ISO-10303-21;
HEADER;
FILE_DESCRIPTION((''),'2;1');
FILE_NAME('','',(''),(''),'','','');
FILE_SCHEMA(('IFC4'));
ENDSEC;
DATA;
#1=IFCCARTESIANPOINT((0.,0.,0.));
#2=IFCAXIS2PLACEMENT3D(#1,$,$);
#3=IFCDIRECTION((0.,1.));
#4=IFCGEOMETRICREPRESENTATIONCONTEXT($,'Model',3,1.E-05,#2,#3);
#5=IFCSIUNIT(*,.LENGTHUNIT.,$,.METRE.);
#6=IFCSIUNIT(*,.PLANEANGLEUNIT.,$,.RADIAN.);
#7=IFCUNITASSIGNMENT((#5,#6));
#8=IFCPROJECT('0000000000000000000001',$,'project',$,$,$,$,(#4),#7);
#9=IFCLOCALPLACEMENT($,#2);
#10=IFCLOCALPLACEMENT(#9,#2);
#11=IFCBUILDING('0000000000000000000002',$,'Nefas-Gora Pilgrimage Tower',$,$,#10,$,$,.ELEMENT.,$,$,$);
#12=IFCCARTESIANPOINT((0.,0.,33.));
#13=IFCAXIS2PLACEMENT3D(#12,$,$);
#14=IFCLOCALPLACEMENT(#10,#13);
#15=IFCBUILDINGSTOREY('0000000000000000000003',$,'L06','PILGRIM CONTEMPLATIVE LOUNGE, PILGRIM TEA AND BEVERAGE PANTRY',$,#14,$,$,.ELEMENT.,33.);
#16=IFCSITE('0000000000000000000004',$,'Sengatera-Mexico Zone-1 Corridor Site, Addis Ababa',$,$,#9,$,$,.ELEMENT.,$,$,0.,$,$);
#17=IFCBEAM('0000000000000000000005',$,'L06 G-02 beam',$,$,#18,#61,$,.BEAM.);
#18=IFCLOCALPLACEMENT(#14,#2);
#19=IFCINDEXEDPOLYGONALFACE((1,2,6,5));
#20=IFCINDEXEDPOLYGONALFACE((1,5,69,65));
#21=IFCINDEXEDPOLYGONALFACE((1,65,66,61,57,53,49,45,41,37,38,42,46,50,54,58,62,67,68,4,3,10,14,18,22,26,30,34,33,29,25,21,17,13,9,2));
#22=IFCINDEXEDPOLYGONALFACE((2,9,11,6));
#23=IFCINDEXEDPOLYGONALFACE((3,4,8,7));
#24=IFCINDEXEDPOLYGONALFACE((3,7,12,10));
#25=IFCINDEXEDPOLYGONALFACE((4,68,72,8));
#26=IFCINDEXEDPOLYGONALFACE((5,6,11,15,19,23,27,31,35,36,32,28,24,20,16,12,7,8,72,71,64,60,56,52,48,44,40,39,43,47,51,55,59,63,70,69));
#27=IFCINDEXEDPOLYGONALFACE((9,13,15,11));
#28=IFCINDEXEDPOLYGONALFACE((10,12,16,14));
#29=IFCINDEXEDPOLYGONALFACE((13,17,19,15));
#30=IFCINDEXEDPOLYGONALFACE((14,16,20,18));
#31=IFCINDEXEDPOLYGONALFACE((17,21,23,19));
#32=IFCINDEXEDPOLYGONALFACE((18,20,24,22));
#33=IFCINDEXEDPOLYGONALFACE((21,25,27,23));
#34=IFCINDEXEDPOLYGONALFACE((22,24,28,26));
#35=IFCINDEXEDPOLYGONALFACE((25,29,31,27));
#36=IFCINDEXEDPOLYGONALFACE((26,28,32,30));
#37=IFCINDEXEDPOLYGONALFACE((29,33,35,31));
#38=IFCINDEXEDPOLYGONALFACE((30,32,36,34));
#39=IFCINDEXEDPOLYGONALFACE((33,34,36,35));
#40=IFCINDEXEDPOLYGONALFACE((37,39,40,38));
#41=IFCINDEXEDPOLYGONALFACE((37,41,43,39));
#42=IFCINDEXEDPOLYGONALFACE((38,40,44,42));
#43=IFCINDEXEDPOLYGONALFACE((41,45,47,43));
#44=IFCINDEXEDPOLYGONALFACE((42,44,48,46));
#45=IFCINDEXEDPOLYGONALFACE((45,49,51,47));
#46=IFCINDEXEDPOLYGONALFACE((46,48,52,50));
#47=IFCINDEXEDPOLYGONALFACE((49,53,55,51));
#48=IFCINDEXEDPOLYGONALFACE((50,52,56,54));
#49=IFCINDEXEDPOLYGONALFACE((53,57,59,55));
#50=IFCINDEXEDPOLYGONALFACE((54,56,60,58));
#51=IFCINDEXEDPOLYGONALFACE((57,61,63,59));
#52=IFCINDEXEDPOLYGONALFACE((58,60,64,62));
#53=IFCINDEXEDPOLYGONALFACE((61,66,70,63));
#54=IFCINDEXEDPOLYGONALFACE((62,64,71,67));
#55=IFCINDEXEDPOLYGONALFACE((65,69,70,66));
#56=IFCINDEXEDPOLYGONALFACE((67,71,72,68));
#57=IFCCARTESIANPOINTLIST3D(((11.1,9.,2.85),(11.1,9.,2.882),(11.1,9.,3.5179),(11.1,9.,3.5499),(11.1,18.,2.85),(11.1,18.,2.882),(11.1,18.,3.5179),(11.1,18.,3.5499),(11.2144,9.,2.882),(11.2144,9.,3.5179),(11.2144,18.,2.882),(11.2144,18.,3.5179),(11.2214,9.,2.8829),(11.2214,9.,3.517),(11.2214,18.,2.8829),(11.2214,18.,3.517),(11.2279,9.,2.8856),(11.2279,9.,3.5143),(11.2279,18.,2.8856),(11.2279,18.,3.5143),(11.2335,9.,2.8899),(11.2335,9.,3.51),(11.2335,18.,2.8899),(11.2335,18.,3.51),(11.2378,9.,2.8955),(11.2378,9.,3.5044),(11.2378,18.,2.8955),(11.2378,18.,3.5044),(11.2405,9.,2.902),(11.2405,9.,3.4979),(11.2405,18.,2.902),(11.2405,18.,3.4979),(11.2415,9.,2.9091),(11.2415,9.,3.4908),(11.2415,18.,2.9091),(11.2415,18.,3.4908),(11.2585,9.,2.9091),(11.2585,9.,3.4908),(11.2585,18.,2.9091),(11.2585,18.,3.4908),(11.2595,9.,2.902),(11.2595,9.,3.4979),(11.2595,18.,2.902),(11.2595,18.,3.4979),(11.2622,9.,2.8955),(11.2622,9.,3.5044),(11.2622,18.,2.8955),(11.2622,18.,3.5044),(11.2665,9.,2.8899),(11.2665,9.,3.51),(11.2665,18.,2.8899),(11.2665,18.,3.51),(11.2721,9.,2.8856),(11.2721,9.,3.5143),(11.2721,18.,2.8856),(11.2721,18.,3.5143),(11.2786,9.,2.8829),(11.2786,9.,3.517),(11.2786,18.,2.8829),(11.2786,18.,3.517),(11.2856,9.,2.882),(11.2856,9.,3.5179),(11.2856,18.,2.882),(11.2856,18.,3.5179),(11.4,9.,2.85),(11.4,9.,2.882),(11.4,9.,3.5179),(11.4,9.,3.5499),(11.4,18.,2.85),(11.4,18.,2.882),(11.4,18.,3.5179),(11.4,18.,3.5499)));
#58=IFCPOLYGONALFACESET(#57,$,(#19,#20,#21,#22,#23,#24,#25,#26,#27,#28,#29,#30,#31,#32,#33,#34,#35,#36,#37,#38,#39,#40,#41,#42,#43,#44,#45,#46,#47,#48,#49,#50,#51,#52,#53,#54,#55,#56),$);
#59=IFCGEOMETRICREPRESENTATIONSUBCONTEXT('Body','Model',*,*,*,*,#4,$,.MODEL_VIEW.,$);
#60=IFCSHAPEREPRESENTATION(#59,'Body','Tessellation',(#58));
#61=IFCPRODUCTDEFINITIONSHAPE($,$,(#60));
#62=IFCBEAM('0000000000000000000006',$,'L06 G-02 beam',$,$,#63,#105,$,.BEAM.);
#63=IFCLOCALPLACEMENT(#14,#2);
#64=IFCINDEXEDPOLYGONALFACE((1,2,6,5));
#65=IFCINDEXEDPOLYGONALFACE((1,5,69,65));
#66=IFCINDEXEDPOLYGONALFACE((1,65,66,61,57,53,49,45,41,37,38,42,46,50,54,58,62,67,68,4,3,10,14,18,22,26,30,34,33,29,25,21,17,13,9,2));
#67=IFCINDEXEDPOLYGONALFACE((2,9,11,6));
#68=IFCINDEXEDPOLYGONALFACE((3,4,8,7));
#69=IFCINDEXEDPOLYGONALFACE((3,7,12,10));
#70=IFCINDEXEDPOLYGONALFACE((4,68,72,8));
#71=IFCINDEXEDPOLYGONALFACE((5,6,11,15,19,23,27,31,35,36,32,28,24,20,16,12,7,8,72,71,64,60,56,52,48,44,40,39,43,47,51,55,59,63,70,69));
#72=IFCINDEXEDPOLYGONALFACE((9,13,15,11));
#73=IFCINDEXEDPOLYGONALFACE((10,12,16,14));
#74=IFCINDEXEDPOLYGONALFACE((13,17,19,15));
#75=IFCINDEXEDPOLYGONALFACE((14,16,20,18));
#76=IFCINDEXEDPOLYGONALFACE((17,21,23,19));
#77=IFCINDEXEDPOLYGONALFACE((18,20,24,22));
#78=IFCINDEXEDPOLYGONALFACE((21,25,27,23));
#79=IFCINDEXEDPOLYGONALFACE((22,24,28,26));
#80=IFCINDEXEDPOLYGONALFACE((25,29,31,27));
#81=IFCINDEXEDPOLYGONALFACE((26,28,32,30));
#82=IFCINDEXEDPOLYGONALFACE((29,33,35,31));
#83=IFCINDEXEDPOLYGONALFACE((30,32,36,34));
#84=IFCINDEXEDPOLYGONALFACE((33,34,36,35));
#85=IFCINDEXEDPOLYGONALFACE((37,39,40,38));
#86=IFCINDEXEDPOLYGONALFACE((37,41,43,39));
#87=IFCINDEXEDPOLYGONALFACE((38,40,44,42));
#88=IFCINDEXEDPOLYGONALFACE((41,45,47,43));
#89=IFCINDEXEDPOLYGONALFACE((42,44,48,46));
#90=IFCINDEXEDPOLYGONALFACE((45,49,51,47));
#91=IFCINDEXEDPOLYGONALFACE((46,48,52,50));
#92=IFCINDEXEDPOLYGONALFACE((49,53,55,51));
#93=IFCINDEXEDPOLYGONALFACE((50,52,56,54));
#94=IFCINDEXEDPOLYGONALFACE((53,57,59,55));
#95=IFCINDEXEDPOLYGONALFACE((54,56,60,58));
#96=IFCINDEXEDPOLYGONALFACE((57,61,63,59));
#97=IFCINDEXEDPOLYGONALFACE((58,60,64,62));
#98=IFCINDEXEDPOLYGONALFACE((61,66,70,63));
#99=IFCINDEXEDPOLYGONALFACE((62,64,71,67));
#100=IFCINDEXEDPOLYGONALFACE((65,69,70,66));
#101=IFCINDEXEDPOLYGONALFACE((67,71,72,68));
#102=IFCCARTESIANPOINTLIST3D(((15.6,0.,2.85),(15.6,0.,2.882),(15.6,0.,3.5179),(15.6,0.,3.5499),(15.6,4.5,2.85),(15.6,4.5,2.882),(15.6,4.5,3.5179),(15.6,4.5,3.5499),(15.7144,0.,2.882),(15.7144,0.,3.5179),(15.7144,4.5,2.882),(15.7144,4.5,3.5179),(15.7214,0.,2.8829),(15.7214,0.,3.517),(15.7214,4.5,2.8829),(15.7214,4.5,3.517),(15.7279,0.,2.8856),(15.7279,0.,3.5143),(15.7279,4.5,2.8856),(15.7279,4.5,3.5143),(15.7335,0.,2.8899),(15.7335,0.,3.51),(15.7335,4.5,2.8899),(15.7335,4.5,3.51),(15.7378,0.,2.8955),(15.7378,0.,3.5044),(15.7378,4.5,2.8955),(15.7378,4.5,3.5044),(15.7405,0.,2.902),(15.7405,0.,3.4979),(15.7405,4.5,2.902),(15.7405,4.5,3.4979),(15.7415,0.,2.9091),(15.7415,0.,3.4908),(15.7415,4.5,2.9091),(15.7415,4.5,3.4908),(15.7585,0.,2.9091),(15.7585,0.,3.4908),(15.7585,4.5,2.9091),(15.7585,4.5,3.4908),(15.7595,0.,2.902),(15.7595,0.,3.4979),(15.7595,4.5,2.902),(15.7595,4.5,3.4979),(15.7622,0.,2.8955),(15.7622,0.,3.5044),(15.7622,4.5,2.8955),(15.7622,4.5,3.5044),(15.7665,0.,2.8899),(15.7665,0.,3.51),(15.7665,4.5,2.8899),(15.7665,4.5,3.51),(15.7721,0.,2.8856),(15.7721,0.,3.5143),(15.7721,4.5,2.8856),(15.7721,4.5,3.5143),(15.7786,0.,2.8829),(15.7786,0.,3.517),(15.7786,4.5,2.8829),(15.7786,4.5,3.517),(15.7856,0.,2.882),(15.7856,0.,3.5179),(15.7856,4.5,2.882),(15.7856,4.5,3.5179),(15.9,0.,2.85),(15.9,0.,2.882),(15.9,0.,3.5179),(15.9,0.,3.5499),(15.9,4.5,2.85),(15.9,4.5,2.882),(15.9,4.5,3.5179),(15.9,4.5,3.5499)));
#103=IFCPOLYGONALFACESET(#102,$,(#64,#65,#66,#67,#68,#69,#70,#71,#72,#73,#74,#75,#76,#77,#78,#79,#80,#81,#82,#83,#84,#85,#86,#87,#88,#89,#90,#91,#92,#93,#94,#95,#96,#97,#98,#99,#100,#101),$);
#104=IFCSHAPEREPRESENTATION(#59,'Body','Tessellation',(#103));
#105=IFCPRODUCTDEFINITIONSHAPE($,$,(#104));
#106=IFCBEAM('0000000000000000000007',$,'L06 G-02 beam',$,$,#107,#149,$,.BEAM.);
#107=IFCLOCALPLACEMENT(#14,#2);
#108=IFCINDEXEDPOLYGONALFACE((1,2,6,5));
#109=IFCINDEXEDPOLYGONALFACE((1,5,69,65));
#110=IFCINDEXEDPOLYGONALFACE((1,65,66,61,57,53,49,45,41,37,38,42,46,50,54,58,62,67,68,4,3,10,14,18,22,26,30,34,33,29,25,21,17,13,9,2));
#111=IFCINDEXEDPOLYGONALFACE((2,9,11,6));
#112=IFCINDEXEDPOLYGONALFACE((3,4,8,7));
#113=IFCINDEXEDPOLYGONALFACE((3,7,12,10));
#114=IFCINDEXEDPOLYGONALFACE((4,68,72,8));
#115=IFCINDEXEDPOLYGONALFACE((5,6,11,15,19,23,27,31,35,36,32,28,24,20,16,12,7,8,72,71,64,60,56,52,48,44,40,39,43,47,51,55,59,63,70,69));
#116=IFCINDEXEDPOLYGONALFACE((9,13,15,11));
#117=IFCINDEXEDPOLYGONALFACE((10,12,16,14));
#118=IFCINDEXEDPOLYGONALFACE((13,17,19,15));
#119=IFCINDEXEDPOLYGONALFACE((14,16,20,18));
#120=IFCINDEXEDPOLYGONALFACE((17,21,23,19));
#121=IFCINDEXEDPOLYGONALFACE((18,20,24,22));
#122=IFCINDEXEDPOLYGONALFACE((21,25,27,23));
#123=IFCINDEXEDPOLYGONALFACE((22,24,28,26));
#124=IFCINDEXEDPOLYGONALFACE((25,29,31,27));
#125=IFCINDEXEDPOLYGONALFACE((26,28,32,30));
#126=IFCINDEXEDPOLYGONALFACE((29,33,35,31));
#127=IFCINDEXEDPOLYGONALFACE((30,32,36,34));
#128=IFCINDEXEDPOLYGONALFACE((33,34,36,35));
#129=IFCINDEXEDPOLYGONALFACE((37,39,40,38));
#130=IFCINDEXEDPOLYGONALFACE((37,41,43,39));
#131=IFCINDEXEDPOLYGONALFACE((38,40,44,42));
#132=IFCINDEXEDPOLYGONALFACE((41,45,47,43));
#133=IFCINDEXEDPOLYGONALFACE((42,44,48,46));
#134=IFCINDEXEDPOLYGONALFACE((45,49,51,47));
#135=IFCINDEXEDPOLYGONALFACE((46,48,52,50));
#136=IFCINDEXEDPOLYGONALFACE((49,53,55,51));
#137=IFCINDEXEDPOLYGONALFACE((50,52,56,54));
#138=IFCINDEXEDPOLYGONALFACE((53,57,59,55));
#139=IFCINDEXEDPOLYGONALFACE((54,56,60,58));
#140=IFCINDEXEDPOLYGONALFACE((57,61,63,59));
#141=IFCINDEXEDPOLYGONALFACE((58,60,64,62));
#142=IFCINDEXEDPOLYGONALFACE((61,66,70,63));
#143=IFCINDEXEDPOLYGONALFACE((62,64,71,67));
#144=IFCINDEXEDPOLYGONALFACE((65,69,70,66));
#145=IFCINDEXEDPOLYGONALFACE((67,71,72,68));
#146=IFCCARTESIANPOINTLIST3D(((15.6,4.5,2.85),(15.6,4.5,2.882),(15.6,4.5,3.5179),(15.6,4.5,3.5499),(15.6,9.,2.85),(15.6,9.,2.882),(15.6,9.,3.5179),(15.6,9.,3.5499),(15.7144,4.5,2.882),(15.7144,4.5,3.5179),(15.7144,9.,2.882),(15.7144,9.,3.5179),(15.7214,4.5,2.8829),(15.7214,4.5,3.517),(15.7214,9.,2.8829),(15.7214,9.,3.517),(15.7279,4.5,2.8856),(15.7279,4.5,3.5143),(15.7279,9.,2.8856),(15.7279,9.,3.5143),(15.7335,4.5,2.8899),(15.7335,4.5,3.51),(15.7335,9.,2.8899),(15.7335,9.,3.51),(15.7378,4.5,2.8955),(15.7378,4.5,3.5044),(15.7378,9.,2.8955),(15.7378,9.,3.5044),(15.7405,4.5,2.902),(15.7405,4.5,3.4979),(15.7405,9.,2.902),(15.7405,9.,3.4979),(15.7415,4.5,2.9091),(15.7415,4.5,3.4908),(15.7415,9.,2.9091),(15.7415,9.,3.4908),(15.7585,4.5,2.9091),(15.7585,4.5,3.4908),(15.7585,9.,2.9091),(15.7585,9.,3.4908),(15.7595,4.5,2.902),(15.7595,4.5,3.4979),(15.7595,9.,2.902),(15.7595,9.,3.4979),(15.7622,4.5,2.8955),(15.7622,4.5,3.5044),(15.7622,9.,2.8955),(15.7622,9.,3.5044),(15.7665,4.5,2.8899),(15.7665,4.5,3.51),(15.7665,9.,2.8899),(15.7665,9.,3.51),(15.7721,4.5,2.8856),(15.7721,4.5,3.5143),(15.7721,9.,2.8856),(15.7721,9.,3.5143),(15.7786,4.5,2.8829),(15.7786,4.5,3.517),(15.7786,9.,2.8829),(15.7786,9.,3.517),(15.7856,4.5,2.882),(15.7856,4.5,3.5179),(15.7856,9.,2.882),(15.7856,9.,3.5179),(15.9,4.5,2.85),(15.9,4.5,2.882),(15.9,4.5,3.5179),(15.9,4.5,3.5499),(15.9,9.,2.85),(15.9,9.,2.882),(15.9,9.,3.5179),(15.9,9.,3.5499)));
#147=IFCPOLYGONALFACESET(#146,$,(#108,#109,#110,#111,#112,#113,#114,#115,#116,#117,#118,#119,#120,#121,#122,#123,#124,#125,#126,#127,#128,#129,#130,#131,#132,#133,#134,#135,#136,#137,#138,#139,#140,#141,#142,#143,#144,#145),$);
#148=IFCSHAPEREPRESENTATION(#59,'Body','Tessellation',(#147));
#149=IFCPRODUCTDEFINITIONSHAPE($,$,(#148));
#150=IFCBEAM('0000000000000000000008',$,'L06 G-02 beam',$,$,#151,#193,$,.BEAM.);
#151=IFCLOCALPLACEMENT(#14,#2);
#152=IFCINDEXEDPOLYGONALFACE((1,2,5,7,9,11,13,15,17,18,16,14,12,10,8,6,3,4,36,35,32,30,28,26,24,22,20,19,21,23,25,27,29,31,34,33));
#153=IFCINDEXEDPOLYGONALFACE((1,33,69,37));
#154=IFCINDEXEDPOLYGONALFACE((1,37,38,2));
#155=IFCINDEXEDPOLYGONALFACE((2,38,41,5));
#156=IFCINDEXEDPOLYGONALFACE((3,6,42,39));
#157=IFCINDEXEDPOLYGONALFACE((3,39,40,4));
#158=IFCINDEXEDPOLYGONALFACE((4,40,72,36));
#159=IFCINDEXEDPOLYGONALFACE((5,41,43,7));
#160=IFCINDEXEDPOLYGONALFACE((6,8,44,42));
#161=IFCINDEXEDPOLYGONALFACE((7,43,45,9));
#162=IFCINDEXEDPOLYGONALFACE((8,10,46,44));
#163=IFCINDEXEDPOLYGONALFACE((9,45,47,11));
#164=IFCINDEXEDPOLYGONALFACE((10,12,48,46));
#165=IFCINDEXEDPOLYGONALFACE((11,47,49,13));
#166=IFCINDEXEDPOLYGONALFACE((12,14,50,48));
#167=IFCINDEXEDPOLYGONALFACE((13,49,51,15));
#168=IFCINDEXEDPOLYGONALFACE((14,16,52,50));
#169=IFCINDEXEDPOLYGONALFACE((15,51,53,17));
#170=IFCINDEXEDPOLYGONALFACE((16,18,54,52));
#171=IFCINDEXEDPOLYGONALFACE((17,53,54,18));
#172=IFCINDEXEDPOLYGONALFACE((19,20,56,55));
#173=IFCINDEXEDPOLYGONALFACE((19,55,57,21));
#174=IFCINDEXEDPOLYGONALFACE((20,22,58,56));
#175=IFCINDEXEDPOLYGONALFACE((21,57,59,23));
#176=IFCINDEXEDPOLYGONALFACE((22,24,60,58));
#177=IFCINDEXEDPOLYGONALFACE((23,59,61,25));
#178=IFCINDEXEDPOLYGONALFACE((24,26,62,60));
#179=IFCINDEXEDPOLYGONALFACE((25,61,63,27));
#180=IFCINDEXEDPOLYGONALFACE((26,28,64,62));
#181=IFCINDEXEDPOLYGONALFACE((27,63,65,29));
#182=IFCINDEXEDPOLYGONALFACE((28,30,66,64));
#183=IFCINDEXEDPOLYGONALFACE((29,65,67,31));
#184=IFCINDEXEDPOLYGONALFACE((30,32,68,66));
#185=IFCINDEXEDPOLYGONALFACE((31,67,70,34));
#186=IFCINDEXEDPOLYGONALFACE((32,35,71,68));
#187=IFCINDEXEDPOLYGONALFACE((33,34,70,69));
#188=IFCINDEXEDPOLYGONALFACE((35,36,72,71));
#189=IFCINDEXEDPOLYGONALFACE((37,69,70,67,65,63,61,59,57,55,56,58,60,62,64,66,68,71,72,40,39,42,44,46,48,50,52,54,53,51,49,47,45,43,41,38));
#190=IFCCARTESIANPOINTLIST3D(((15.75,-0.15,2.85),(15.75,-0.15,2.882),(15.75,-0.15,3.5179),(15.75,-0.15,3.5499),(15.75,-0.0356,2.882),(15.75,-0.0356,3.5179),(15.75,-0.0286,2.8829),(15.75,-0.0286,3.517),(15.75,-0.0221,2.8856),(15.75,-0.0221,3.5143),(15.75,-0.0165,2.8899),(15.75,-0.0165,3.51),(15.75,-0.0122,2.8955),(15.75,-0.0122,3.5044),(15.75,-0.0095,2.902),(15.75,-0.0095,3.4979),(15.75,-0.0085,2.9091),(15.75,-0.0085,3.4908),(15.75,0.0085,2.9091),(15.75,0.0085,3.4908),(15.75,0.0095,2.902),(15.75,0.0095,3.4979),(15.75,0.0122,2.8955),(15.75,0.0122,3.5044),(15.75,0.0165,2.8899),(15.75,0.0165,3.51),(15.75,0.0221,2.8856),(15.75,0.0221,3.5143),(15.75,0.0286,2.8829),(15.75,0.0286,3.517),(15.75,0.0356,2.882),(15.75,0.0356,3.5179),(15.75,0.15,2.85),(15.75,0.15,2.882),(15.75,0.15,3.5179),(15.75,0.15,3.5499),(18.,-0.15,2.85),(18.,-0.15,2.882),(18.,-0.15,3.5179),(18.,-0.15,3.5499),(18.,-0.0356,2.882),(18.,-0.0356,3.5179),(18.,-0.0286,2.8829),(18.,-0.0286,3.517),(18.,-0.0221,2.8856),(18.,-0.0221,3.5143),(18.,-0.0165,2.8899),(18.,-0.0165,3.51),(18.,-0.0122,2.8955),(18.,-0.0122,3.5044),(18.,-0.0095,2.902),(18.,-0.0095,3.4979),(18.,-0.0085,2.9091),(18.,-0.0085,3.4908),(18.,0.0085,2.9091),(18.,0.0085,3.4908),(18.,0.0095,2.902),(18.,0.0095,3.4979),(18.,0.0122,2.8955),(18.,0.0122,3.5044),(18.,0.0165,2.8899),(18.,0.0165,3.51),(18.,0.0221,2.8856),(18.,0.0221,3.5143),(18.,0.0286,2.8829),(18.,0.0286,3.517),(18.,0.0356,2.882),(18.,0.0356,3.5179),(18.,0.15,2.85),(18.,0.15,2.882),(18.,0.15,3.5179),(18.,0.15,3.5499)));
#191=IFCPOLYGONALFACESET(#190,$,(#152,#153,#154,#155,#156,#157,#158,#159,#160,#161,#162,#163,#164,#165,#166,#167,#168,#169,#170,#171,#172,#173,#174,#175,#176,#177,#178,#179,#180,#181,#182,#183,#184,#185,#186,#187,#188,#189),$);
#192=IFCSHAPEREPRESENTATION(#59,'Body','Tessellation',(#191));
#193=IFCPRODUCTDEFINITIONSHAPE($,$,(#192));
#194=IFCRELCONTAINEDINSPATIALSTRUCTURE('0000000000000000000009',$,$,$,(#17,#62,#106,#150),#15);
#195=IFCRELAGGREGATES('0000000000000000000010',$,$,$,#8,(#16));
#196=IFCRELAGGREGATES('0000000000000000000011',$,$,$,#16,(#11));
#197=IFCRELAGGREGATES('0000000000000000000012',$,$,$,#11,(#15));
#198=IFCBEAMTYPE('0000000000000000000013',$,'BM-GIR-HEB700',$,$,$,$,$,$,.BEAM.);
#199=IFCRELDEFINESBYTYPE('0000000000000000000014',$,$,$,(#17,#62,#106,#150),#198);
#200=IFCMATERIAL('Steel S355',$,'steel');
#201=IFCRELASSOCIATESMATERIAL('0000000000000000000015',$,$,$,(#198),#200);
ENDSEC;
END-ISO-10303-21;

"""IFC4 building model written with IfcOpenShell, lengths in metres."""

from ifc_helpers import new_model, si_unit, direction, frame, origin, origin_2d, place, context, subcontext, project, spatial, i_section, extrude, source, transform, mapped, material, material_profile, profile_set, type_object, element, save


model = new_model("IFC4")

# Units and contexts
model_context = context("Model", 3, precision=1e-05, world=origin(), true_north=direction((0.0, 1.0)))
body_context = subcontext(model_context, "Body", "Model", "MODEL_VIEW")
ifc_project = project(units=[si_unit("LENGTHUNIT", "METRE"), si_unit("PLANEANGLEUNIT", "RADIAN")], contexts=[model_context])

# Site, building, storey
site_placement = place(None, origin())
site = spatial("IfcSite", under=ifc_project, at=site_placement, Name="Sengatera-Mexico Zone-1 Corridor Site, Addis Ababa", CompositionType="ELEMENT", RefElevation=0.0)
building_placement = place(site_placement, origin())
building = spatial("IfcBuilding", under=site, at=building_placement, Name="Nefas-Gora Pilgrimage Tower", CompositionType="ELEMENT")
storey_placement = place(building_placement, frame((0.0, 0.0, 33.0)))
storey = spatial("IfcBuildingStorey", under=building, at=storey_placement, Name="L06", Description="PILGRIM CONTEMPLATIVE LOUNGE, PILGRIM TEA AND BEVERAGE PANTRY", CompositionType="ELEMENT", Elevation=33.0)

# Beams
ifc_material_1 = material(Name="Steel S355", Category="steel")
ifc_material_profile_1 = material_profile(ifc_material_1, i_section(OverallWidth=0.3, OverallDepth=0.7, WebThickness=0.0171, FlangeThickness=0.032, FilletRadius=0.0271, at=origin_2d()), Name="HEB 700")
ifc_profile_set_1 = profile_set([ifc_material_profile_1], Name="Steel S355")
beam_type = type_object("IfcBeamType", Name="BM-GIR-HEB700", PredefinedType="BEAM", material=ifc_profile_set_1)
shared_shape_1 = source(origin(), body_context, "Body", "SweptSolid", [
    extrude(i_section(OverallWidth=0.3, OverallDepth=0.7, WebThickness=0.0171, FlangeThickness=0.032, FilletRadius=0.0271, at=origin_2d()), origin(), (0.0, 0.0, 1.0), 9.0),
])
beam_placement = place(storey_placement, frame((11.25, 9.0, 3.2), z_axis=(0.0, 1.0, 0.0), x_axis=(-1.0, 0.0, 0.0)))
element("IfcBeam", 1, at=beam_placement, inside=storey, type_object=beam_type, Name="L06 G-02 beam", PredefinedType="BEAM", context=body_context, shape_type="MappedRepresentation", body=[
    mapped(shared_shape_1, transform((0.0, 0.0, 0.0), x_axis=(1.0, 0.0, 0.0), y_axis=(0.0, 1.0, 0.0), z_axis=(0.0, 0.0, 1.0), scale=1.0)),
])
shared_shape_2 = source(origin(), body_context, "Body", "SweptSolid", [
    extrude(i_section(OverallWidth=0.3, OverallDepth=0.7, WebThickness=0.0171, FlangeThickness=0.032, FilletRadius=0.0271, at=origin_2d()), origin(), (0.0, 0.0, 1.0), 4.5),
])
for number, where, z_axis, x_axis, name in (
    (2, (15.75, 0.0, 3.2), (0.0, 1.0, 0.0), (-1.0, 0.0, 0.0), "L06 G-02 beam"),
    (3, (15.75, 4.5, 3.2), (0.0, 1.0, 0.0), (-1.0, 0.0, 0.0), "L06 G-02 beam"),
):
    element("IfcBeam", number, at=place(storey_placement, frame(where, z_axis=z_axis, x_axis=x_axis)), inside=storey, type_object=beam_type, Name=name, PredefinedType="BEAM", context=body_context, shape_type="MappedRepresentation", body=[
        mapped(shared_shape_2, transform((0.0, 0.0, 0.0), x_axis=(1.0, 0.0, 0.0), y_axis=(0.0, 1.0, 0.0), z_axis=(0.0, 0.0, 1.0), scale=1.0)),
    ])
shared_shape_3 = source(origin(), body_context, "Body", "SweptSolid", [
    extrude(i_section(OverallWidth=0.3, OverallDepth=0.7, WebThickness=0.0171, FlangeThickness=0.032, FilletRadius=0.0271, at=origin_2d()), origin(), (0.0, 0.0, 1.0), 2.25),
])
for number, where, z_axis, x_axis, name in (
    (4, (15.75, 0.0, 3.2), (1.0, 0.0, 0.0), (0.0, 1.0, 0.0), "L06 G-02 beam"),
):
    element("IfcBeam", number, at=place(storey_placement, frame(where, z_axis=z_axis, x_axis=x_axis)), inside=storey, type_object=beam_type, Name=name, PredefinedType="BEAM", context=body_context, shape_type="MappedRepresentation", body=[
        mapped(shared_shape_3, transform((0.0, 0.0, 0.0), x_axis=(1.0, 0.0, 0.0), y_axis=(0.0, 1.0, 0.0), z_axis=(0.0, 0.0, 1.0), scale=1.0)),
    ])

save(model, "model.ifc")
